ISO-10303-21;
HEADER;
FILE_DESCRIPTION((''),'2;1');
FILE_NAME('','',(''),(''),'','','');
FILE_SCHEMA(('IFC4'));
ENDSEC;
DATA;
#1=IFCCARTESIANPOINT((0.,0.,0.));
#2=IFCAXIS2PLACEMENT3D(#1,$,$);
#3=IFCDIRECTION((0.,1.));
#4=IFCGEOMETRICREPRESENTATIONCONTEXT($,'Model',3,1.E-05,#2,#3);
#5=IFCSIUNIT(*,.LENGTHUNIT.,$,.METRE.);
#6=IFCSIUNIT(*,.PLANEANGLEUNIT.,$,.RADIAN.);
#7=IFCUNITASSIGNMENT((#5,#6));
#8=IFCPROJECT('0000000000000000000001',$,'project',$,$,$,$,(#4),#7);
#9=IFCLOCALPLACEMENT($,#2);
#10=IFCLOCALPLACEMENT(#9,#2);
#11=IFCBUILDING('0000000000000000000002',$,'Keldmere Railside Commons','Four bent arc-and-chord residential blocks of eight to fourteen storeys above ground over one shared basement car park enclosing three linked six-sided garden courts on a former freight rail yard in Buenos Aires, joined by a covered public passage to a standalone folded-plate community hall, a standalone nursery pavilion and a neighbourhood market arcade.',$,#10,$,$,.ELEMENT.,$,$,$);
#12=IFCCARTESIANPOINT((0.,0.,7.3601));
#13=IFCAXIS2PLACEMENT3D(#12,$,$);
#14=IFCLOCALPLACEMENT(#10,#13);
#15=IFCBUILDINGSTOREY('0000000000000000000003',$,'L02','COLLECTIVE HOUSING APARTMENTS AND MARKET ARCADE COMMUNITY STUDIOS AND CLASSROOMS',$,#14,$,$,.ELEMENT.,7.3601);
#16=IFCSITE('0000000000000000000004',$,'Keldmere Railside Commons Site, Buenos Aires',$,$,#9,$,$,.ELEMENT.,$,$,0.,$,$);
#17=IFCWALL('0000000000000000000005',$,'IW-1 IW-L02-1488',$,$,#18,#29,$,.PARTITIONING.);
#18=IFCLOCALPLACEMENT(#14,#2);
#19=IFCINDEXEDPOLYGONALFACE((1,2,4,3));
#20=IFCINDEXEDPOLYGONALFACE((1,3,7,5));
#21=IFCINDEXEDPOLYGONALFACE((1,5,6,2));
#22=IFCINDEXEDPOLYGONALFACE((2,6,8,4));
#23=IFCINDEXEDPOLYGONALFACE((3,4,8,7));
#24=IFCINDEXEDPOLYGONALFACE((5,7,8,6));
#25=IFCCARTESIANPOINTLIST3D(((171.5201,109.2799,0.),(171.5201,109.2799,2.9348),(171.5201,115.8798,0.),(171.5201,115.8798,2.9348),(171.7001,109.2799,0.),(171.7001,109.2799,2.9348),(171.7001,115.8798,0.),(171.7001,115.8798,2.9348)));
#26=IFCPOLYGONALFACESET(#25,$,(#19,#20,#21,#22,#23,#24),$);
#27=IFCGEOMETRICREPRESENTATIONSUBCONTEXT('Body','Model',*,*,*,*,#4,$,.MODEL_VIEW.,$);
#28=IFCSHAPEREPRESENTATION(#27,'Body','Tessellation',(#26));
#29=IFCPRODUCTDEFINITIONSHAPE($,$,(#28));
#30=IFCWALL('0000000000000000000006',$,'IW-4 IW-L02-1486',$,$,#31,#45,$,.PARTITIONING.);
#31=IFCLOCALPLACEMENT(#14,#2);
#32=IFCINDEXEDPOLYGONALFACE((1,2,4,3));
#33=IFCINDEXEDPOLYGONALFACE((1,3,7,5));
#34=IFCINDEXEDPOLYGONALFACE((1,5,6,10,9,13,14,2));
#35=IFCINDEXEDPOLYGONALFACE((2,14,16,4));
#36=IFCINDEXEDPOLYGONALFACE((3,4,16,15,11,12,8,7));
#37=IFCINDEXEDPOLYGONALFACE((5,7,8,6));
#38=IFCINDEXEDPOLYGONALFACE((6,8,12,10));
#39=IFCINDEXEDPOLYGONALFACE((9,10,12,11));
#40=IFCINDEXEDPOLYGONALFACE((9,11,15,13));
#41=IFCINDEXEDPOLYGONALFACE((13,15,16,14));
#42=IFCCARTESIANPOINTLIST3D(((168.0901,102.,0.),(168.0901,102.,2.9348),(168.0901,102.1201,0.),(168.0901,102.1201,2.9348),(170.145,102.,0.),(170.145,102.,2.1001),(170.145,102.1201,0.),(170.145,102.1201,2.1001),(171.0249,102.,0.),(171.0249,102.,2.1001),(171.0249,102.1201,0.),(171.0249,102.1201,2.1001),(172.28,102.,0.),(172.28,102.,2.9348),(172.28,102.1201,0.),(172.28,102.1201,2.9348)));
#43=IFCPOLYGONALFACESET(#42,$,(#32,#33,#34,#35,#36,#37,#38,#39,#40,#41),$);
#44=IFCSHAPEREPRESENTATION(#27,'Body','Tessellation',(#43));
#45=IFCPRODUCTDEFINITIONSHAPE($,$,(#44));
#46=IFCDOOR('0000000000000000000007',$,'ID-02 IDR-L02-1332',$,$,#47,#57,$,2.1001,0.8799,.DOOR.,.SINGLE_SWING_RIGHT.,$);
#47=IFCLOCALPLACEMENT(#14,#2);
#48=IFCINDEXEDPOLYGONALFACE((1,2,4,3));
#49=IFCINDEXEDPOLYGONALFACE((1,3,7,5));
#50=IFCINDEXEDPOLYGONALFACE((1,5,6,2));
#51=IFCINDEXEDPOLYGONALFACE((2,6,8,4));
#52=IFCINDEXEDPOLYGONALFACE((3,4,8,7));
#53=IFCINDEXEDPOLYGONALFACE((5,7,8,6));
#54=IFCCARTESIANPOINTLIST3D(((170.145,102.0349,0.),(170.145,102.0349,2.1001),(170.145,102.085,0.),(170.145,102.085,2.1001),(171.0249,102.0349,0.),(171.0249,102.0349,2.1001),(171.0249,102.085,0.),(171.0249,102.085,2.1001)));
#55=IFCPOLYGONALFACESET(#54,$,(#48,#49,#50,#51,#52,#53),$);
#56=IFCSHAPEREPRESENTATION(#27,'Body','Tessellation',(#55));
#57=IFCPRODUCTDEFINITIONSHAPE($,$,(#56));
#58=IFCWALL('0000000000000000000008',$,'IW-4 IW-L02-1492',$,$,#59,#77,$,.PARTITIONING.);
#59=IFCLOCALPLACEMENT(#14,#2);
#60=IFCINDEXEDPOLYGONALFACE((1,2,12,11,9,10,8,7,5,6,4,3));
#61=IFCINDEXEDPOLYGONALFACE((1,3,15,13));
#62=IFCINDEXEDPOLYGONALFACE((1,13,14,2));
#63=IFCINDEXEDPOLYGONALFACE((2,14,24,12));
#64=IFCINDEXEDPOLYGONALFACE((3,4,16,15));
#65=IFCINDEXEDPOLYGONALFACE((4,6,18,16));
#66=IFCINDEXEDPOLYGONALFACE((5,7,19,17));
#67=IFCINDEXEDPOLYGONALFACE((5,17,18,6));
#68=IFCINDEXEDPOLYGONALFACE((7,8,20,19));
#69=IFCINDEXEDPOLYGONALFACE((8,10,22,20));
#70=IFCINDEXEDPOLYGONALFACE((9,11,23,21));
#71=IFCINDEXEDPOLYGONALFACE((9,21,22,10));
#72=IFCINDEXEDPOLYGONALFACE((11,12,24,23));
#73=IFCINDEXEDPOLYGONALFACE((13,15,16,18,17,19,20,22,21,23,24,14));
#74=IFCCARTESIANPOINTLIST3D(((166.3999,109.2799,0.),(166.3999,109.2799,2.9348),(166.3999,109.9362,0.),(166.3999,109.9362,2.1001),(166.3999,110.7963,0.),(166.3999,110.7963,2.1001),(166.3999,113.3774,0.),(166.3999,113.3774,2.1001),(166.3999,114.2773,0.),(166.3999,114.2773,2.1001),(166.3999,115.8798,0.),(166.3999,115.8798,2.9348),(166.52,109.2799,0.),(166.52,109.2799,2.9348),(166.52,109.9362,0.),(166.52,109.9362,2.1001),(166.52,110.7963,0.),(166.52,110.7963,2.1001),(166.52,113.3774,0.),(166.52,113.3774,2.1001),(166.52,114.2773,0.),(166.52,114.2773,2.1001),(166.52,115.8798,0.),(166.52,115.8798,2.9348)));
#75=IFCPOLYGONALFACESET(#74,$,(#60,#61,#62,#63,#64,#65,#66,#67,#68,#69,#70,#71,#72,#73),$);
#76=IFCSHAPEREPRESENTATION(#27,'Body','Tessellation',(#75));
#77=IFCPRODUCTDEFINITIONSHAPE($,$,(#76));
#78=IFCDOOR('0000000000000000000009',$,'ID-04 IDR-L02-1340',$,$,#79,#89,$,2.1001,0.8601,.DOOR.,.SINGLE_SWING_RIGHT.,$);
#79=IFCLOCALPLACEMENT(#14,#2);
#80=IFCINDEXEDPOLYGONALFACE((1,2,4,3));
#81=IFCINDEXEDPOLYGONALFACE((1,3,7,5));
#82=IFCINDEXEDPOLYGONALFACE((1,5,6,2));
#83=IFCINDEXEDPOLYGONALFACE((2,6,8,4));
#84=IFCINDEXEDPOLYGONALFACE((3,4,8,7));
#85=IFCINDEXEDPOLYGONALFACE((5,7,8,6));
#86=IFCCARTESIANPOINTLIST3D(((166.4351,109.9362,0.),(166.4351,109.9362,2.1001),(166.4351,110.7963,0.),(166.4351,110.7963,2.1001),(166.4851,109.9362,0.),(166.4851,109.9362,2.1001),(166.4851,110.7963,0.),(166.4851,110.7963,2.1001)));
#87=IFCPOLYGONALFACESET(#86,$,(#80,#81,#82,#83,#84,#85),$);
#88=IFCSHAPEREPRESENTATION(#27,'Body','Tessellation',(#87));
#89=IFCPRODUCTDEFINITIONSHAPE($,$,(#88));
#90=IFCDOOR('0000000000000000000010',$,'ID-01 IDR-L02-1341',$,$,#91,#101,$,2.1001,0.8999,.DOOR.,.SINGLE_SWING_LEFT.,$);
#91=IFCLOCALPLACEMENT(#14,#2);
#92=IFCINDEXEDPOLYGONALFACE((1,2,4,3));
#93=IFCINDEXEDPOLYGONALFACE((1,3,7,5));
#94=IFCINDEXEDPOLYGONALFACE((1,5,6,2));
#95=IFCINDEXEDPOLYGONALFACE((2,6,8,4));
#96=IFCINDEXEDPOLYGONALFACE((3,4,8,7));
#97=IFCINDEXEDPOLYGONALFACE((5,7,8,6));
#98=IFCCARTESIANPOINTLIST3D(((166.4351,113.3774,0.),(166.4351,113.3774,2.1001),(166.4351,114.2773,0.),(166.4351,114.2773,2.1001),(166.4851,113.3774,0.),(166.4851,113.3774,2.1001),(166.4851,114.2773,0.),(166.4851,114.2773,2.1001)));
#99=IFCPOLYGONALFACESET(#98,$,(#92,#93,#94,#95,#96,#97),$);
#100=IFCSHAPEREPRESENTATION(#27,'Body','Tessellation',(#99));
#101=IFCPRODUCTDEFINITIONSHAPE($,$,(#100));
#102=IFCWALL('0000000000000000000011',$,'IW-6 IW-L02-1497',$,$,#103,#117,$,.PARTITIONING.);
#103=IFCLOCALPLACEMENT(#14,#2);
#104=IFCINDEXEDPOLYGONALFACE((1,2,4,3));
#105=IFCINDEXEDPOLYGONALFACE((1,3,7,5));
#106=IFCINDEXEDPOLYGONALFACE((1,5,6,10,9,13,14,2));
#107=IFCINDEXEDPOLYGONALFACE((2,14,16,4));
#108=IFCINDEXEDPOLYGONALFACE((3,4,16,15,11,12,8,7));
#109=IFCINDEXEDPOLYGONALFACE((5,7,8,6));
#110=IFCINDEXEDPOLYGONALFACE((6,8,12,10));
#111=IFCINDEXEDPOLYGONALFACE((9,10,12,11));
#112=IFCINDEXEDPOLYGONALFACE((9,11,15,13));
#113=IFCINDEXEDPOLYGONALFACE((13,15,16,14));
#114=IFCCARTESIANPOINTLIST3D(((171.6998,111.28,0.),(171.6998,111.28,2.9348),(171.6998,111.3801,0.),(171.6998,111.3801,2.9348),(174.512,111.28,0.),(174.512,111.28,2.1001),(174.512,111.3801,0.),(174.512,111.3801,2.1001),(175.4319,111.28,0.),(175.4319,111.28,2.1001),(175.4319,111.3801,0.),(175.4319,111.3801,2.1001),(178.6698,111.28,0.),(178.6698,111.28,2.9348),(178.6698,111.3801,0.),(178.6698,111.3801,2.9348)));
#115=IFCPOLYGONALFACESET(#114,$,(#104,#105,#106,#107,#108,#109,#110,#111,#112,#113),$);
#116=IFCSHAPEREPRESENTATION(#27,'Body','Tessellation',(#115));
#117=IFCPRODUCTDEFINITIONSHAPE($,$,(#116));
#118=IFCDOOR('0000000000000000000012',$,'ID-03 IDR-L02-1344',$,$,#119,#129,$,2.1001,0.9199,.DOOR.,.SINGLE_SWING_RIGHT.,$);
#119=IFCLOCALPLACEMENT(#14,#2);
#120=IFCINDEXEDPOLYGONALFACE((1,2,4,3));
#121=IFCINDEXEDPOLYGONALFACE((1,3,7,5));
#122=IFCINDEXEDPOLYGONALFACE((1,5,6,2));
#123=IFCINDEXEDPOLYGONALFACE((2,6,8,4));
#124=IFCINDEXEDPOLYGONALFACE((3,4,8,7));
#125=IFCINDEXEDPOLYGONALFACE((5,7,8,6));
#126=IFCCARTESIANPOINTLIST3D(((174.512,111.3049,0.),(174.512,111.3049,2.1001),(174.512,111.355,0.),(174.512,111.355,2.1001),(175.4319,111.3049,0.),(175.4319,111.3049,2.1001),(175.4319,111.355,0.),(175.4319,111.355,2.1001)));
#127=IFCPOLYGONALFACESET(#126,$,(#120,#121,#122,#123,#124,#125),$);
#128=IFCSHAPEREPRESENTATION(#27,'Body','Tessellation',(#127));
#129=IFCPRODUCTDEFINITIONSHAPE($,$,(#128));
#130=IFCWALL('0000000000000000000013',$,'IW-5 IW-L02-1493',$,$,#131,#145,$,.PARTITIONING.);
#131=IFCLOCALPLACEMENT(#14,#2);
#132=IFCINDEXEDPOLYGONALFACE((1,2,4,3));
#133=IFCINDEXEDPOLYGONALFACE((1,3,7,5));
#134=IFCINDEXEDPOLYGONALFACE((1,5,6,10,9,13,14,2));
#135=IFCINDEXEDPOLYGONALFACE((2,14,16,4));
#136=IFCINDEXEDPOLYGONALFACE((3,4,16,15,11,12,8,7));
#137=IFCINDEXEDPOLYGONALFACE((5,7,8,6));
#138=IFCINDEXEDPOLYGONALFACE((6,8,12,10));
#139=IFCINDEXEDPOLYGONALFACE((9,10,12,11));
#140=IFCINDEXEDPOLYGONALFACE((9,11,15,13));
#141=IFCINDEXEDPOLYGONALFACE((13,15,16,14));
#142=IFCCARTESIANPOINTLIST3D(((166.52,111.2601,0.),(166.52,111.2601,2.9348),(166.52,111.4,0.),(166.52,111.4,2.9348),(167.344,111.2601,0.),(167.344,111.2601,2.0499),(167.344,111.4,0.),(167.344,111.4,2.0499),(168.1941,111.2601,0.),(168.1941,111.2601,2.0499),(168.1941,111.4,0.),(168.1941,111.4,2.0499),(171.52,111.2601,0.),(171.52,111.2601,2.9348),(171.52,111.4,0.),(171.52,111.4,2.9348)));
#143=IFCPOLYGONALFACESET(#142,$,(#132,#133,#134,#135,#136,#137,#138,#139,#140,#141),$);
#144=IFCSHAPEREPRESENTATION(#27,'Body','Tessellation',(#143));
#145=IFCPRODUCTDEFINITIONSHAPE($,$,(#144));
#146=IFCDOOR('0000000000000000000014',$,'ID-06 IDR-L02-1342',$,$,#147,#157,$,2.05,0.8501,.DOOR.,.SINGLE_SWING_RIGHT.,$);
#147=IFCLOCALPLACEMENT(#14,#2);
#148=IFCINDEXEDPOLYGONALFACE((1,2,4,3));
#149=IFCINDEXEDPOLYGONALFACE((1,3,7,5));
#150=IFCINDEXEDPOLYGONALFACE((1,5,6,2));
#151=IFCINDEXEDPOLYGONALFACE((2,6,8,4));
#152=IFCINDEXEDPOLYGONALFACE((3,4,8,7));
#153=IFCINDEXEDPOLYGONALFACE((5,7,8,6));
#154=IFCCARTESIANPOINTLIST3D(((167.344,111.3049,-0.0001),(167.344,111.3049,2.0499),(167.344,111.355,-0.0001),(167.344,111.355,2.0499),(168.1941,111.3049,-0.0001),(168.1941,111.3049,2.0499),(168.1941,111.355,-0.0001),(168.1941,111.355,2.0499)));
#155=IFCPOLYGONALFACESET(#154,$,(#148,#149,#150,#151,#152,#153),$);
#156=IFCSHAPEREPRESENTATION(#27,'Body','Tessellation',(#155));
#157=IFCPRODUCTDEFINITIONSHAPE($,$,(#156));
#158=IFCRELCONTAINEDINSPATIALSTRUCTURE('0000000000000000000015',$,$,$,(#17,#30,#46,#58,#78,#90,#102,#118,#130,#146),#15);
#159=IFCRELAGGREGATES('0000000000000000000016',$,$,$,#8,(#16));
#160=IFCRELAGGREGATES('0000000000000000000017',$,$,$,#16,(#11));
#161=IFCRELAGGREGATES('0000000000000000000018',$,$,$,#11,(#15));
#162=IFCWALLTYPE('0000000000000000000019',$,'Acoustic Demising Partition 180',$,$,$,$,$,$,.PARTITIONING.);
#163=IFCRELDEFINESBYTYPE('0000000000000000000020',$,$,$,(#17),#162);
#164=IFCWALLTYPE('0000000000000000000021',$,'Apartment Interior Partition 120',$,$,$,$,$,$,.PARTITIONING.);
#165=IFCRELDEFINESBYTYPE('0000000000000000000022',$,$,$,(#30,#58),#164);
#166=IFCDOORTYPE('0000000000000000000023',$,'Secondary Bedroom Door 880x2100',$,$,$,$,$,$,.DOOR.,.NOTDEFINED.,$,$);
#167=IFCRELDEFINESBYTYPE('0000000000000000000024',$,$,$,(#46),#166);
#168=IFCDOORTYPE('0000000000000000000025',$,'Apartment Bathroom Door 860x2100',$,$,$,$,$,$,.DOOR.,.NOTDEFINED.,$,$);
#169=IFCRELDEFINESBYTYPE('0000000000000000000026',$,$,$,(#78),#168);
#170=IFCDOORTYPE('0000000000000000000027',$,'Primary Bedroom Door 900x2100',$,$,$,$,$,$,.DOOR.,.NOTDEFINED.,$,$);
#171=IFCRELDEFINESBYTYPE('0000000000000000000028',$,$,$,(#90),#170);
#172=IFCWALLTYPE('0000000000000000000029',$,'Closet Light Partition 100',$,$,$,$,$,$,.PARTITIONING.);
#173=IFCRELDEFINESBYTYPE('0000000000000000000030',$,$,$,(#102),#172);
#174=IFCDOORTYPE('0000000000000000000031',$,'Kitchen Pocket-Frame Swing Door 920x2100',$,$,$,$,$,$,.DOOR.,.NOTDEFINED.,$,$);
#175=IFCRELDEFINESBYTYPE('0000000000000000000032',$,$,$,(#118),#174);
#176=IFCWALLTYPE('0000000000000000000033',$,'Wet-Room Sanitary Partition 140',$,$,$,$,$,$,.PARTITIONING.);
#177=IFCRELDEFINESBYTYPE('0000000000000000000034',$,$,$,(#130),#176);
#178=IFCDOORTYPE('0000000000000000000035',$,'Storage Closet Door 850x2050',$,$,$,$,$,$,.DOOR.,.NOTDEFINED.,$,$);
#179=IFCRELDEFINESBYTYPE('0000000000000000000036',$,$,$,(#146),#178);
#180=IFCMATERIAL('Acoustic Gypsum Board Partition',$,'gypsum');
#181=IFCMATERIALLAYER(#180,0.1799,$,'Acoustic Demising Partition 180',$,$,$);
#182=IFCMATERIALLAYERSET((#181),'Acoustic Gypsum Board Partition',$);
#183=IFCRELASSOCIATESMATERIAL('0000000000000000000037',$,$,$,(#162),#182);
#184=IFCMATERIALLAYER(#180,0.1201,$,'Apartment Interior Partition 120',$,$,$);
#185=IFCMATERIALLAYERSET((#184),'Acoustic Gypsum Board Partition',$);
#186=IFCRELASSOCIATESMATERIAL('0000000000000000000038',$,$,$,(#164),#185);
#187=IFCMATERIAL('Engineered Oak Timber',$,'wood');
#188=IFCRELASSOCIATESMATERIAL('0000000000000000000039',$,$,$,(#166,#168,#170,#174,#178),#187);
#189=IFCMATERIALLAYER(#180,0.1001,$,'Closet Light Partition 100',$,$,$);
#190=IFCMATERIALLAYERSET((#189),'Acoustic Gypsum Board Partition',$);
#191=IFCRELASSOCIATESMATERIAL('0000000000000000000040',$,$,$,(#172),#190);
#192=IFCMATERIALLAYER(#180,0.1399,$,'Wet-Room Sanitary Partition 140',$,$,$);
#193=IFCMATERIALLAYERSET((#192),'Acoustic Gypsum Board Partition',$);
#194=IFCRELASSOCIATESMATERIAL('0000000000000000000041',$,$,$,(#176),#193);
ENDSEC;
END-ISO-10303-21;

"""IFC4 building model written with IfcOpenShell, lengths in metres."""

from ifc_helpers import new_model, si_unit, direction, frame, frame_2d, origin, place, context, subcontext, project, spatial, rectangle, extrude, material, layer, layer_set, type_object, element, fill, save


model = new_model("IFC4")

# Units and contexts
model_context = context("Model", 3, precision=1e-05, world=origin(), true_north=direction((0.0, 1.0)))
body_context = subcontext(model_context, "Body", "Model", "MODEL_VIEW")
ifc_project = project(units=[si_unit("LENGTHUNIT", "METRE"), si_unit("PLANEANGLEUNIT", "RADIAN")], contexts=[model_context])

# Site, building, storey
site_placement = place(None, origin())
site = spatial("IfcSite", under=ifc_project, at=site_placement, Name="Keldmere Railside Commons Site, Buenos Aires", CompositionType="ELEMENT", RefElevation=0.0)
building_placement = place(site_placement, origin())
building = spatial("IfcBuilding", under=site, at=building_placement, Name="Keldmere Railside Commons", Description="Four bent arc-and-chord residential blocks of eight to fourteen storeys above ground over one shared basement car park enclosing three linked six-sided garden courts on a former freight rail yard in Buenos Aires, joined by a covered public passage to a standalone folded-plate community hall, a standalone nursery pavilion and a neighbourhood market arcade.", CompositionType="ELEMENT")
storey_placement = place(building_placement, frame((0.0, 0.0, 7.3601)))
storey = spatial("IfcBuildingStorey", under=building, at=storey_placement, Name="L02", Description="COLLECTIVE HOUSING APARTMENTS AND MARKET ARCADE COMMUNITY STUDIOS AND CLASSROOMS", CompositionType="ELEMENT", Elevation=7.3601)

# Wall
ifc_material_1 = material(Name="Acoustic Gypsum Board Partition", Category="gypsum")
ifc_layer_1 = layer(ifc_material_1, 0.1799, Name="Acoustic Demising Partition 180")
ifc_layer_set_1 = layer_set([ifc_layer_1], Name="Acoustic Gypsum Board Partition")
wall_type_1 = type_object("IfcWallType", Name="Acoustic Demising Partition 180", PredefinedType="PARTITIONING", material=ifc_layer_set_1)
wall_1_placement = place(storey_placement, frame((171.6101, 109.28, 0.0), z_axis=(0.0, 0.0, 1.0), x_axis=(0.0, 1.0, 0.0)))
element("IfcWall", 1, at=wall_1_placement, inside=storey, type_object=wall_type_1, Name="IW-1 IW-L02-1488", PredefinedType="PARTITIONING", context=body_context, shape_type="SweptSolid", body=[
    extrude(rectangle(XDim=6.5999, YDim=0.1799, at=frame_2d((3.2998, 0.0))), origin(), (0.0, 0.0, 1.0), 2.9348),
])

# Wall, opening, door
ifc_layer_2 = layer(ifc_material_1, 0.1201, Name="Apartment Interior Partition 120")
ifc_layer_set_2 = layer_set([ifc_layer_2], Name="Acoustic Gypsum Board Partition")
wall_type_2 = type_object("IfcWallType", Name="Apartment Interior Partition 120", PredefinedType="PARTITIONING", material=ifc_layer_set_2)
wall_2_placement = place(storey_placement, frame((168.0901, 102.0601, 0.0), z_axis=(0.0, 0.0, 1.0), x_axis=(1.0, 0.0, 0.0)))
wall_2 = element("IfcWall", 2, at=wall_2_placement, inside=storey, type_object=wall_type_2, Name="IW-4 IW-L02-1486", PredefinedType="PARTITIONING", context=body_context, shape_type="SweptSolid", body=[
    extrude(rectangle(XDim=4.1899, YDim=0.1201, at=frame_2d((2.095, 0.0))), origin(), (0.0, 0.0, 1.0), 2.9348),
])
opening_1_placement = place(wall_2_placement, frame((2.0549, 0.0, 0.0)))
opening_1 = element("IfcOpeningElement", 3, at=opening_1_placement, cuts=wall_2, PredefinedType="OPENING", context=body_context, shape_type="SweptSolid", body=[
    extrude(rectangle(XDim=0.8799, YDim=2.1001, at=frame_2d((0.4399, 1.05))), frame((0.0, 0.0701, 0.0), z_axis=(0.0, -1.0, 0.0), x_axis=(1.0, 0.0, 0.0)), (0.0, 0.0, 1.0), 0.1401),
])
ifc_material_2 = material(Name="Engineered Oak Timber", Category="wood")
door_type_1 = type_object("IfcDoorType", Name="Secondary Bedroom Door 880x2100", OperationType="NOTDEFINED", PredefinedType="DOOR", material=ifc_material_2)
door_1_placement = place(opening_1_placement, origin())
door_1 = element("IfcDoor", 4, at=door_1_placement, inside=storey, type_object=door_type_1, Name="ID-02 IDR-L02-1332", OperationType="SINGLE_SWING_RIGHT", OverallHeight=2.1001, OverallWidth=0.8799, PredefinedType="DOOR", context=body_context, shape_type="SweptSolid", body=[
    extrude(rectangle(XDim=0.8799, YDim=2.1001, at=frame_2d((0.4399, 1.05))), frame((0.0, 0.0249, 0.0), z_axis=(0.0, -1.0, 0.0), x_axis=(1.0, 0.0, 0.0)), (0.0, 0.0, 1.0), 0.05),
])
fill(opening_1, door_1)

# Wall, openings, doors
wall_3_placement = place(storey_placement, frame((166.46, 109.28, 0.0), z_axis=(0.0, 0.0, 1.0), x_axis=(0.0, 1.0, 0.0)))
wall_3 = element("IfcWall", 5, at=wall_3_placement, inside=storey, type_object=wall_type_2, Name="IW-4 IW-L02-1492", PredefinedType="PARTITIONING", context=body_context, shape_type="SweptSolid", body=[
    extrude(rectangle(XDim=6.5999, YDim=0.1201, at=frame_2d((3.2998, 0.0))), origin(), (0.0, 0.0, 1.0), 2.9348),
])
opening_2_placement = place(wall_3_placement, frame((0.656, 0.0, 0.0)))
opening_2 = element("IfcOpeningElement", 6, at=opening_2_placement, cuts=wall_3, PredefinedType="OPENING", context=body_context, shape_type="SweptSolid", body=[
    extrude(rectangle(XDim=0.8601, YDim=2.1001, at=frame_2d((0.4302, 1.05))), frame((0.0, 0.0701, 0.0), z_axis=(0.0, -1.0, 0.0), x_axis=(1.0, 0.0, 0.0)), (0.0, 0.0, 1.0), 0.1401),
])
opening_3_placement = place(wall_3_placement, frame((4.0974, 0.0, 0.0)))
opening_3 = element("IfcOpeningElement", 7, at=opening_3_placement, cuts=wall_3, PredefinedType="OPENING", context=body_context, shape_type="SweptSolid", body=[
    extrude(rectangle(XDim=0.8999, YDim=2.1001, at=frame_2d((0.45, 1.05))), frame((0.0, 0.0701, 0.0), z_axis=(0.0, -1.0, 0.0), x_axis=(1.0, 0.0, 0.0)), (0.0, 0.0, 1.0), 0.1401),
])
door_type_2 = type_object("IfcDoorType", Name="Apartment Bathroom Door 860x2100", OperationType="NOTDEFINED", PredefinedType="DOOR", material=ifc_material_2)
door_2_placement = place(opening_2_placement, origin())
door_2 = element("IfcDoor", 8, at=door_2_placement, inside=storey, type_object=door_type_2, Name="ID-04 IDR-L02-1340", OperationType="SINGLE_SWING_RIGHT", OverallHeight=2.1001, OverallWidth=0.8601, PredefinedType="DOOR", context=body_context, shape_type="SweptSolid", body=[
    extrude(rectangle(XDim=0.8601, YDim=2.1001, at=frame_2d((0.4302, 1.05))), frame((0.0, 0.0249, 0.0), z_axis=(0.0, -1.0, 0.0), x_axis=(1.0, 0.0, 0.0)), (0.0, 0.0, 1.0), 0.05),
])
fill(opening_2, door_2)
door_type_3 = type_object("IfcDoorType", Name="Primary Bedroom Door 900x2100", OperationType="NOTDEFINED", PredefinedType="DOOR", material=ifc_material_2)
door_3_placement = place(opening_3_placement, origin())
door_3 = element("IfcDoor", 9, at=door_3_placement, inside=storey, type_object=door_type_3, Name="ID-01 IDR-L02-1341", OperationType="SINGLE_SWING_LEFT", OverallHeight=2.1001, OverallWidth=0.8999, PredefinedType="DOOR", context=body_context, shape_type="SweptSolid", body=[
    extrude(rectangle(XDim=0.8999, YDim=2.1001, at=frame_2d((0.45, 1.05))), frame((0.0, 0.0249, 0.0), z_axis=(0.0, -1.0, 0.0), x_axis=(1.0, 0.0, 0.0)), (0.0, 0.0, 1.0), 0.05),
])
fill(opening_3, door_3)

# Walls, openings, doors
ifc_layer_3 = layer(ifc_material_1, 0.1001, Name="Closet Light Partition 100")
ifc_layer_set_3 = layer_set([ifc_layer_3], Name="Acoustic Gypsum Board Partition")
wall_type_3 = type_object("IfcWallType", Name="Closet Light Partition 100", PredefinedType="PARTITIONING", material=ifc_layer_set_3)
wall_4_placement = place(storey_placement, frame((171.7, 111.3301, 0.0), z_axis=(0.0, 0.0, 1.0), x_axis=(1.0, 0.0, 0.0)))
wall_4 = element("IfcWall", 10, at=wall_4_placement, inside=storey, type_object=wall_type_3, Name="IW-6 IW-L02-1497", PredefinedType="PARTITIONING", context=body_context, shape_type="SweptSolid", body=[
    extrude(rectangle(XDim=6.97, YDim=0.1001, at=frame_2d((3.4849, 0.0))), origin(), (0.0, 0.0, 1.0), 2.9348),
])
opening_4_placement = place(wall_4_placement, frame((2.812, 0.0, 0.0)))
opening_4 = element("IfcOpeningElement", 11, at=opening_4_placement, cuts=wall_4, PredefinedType="OPENING", context=body_context, shape_type="SweptSolid", body=[
    extrude(rectangle(XDim=0.9199, YDim=2.1001, at=frame_2d((0.46, 1.05))), frame((0.0, 0.0601, 0.0), z_axis=(0.0, -1.0, 0.0), x_axis=(1.0, 0.0, 0.0)), (0.0, 0.0, 1.0), 0.1201),
])
door_type_4 = type_object("IfcDoorType", Name="Kitchen Pocket-Frame Swing Door 920x2100", OperationType="NOTDEFINED", PredefinedType="DOOR", material=ifc_material_2)
door_4_placement = place(opening_4_placement, origin())
door_4 = element("IfcDoor", 12, at=door_4_placement, inside=storey, type_object=door_type_4, Name="ID-03 IDR-L02-1344", OperationType="SINGLE_SWING_RIGHT", OverallHeight=2.1001, OverallWidth=0.9199, PredefinedType="DOOR", context=body_context, shape_type="SweptSolid", body=[
    extrude(rectangle(XDim=0.9199, YDim=2.1001, at=frame_2d((0.46, 1.05))), frame((0.0, 0.0249, 0.0), z_axis=(0.0, -1.0, 0.0), x_axis=(1.0, 0.0, 0.0)), (0.0, 0.0, 1.0), 0.05),
])
fill(opening_4, door_4)
ifc_layer_4 = layer(ifc_material_1, 0.1399, Name="Wet-Room Sanitary Partition 140")
ifc_layer_set_4 = layer_set([ifc_layer_4], Name="Acoustic Gypsum Board Partition")
wall_type_4 = type_object("IfcWallType", Name="Wet-Room Sanitary Partition 140", PredefinedType="PARTITIONING", material=ifc_layer_set_4)
wall_5_placement = place(storey_placement, frame((166.52, 111.3301, 0.0), z_axis=(0.0, 0.0, 1.0), x_axis=(1.0, 0.0, 0.0)))
wall_5 = element("IfcWall", 13, at=wall_5_placement, inside=storey, type_object=wall_type_4, Name="IW-5 IW-L02-1493", PredefinedType="PARTITIONING", context=body_context, shape_type="SweptSolid", body=[
    extrude(rectangle(XDim=5.0, YDim=0.1399, at=frame_2d((2.5, 0.0))), origin(), (0.0, 0.0, 1.0), 2.9348),
])
opening_5_placement = place(wall_5_placement, frame((0.824, 0.0, 0.0)))
opening_5 = element("IfcOpeningElement", 14, at=opening_5_placement, cuts=wall_5, PredefinedType="OPENING", context=body_context, shape_type="SweptSolid", body=[
    extrude(rectangle(XDim=0.8501, YDim=2.05, at=frame_2d((0.425, 1.0249))), frame((0.0, 0.0798, 0.0), z_axis=(0.0, -1.0, 0.0), x_axis=(1.0, 0.0, 0.0)), (0.0, 0.0, 1.0), 0.1599),
])
door_type_5 = type_object("IfcDoorType", Name="Storage Closet Door 850x2050", OperationType="NOTDEFINED", PredefinedType="DOOR", material=ifc_material_2)
door_5_placement = place(opening_5_placement, origin())
door_5 = element("IfcDoor", 15, at=door_5_placement, inside=storey, type_object=door_type_5, Name="ID-06 IDR-L02-1342", OperationType="SINGLE_SWING_RIGHT", OverallHeight=2.05, OverallWidth=0.8501, PredefinedType="DOOR", context=body_context, shape_type="SweptSolid", body=[
    extrude(rectangle(XDim=0.8501, YDim=2.05, at=frame_2d((0.425, 1.0249))), frame((0.0, 0.0249, 0.0), z_axis=(0.0, -1.0, 0.0), x_axis=(1.0, 0.0, 0.0)), (0.0, 0.0, 1.0), 0.05),
])
fill(opening_5, door_5)

save(model, "model.ifc")
